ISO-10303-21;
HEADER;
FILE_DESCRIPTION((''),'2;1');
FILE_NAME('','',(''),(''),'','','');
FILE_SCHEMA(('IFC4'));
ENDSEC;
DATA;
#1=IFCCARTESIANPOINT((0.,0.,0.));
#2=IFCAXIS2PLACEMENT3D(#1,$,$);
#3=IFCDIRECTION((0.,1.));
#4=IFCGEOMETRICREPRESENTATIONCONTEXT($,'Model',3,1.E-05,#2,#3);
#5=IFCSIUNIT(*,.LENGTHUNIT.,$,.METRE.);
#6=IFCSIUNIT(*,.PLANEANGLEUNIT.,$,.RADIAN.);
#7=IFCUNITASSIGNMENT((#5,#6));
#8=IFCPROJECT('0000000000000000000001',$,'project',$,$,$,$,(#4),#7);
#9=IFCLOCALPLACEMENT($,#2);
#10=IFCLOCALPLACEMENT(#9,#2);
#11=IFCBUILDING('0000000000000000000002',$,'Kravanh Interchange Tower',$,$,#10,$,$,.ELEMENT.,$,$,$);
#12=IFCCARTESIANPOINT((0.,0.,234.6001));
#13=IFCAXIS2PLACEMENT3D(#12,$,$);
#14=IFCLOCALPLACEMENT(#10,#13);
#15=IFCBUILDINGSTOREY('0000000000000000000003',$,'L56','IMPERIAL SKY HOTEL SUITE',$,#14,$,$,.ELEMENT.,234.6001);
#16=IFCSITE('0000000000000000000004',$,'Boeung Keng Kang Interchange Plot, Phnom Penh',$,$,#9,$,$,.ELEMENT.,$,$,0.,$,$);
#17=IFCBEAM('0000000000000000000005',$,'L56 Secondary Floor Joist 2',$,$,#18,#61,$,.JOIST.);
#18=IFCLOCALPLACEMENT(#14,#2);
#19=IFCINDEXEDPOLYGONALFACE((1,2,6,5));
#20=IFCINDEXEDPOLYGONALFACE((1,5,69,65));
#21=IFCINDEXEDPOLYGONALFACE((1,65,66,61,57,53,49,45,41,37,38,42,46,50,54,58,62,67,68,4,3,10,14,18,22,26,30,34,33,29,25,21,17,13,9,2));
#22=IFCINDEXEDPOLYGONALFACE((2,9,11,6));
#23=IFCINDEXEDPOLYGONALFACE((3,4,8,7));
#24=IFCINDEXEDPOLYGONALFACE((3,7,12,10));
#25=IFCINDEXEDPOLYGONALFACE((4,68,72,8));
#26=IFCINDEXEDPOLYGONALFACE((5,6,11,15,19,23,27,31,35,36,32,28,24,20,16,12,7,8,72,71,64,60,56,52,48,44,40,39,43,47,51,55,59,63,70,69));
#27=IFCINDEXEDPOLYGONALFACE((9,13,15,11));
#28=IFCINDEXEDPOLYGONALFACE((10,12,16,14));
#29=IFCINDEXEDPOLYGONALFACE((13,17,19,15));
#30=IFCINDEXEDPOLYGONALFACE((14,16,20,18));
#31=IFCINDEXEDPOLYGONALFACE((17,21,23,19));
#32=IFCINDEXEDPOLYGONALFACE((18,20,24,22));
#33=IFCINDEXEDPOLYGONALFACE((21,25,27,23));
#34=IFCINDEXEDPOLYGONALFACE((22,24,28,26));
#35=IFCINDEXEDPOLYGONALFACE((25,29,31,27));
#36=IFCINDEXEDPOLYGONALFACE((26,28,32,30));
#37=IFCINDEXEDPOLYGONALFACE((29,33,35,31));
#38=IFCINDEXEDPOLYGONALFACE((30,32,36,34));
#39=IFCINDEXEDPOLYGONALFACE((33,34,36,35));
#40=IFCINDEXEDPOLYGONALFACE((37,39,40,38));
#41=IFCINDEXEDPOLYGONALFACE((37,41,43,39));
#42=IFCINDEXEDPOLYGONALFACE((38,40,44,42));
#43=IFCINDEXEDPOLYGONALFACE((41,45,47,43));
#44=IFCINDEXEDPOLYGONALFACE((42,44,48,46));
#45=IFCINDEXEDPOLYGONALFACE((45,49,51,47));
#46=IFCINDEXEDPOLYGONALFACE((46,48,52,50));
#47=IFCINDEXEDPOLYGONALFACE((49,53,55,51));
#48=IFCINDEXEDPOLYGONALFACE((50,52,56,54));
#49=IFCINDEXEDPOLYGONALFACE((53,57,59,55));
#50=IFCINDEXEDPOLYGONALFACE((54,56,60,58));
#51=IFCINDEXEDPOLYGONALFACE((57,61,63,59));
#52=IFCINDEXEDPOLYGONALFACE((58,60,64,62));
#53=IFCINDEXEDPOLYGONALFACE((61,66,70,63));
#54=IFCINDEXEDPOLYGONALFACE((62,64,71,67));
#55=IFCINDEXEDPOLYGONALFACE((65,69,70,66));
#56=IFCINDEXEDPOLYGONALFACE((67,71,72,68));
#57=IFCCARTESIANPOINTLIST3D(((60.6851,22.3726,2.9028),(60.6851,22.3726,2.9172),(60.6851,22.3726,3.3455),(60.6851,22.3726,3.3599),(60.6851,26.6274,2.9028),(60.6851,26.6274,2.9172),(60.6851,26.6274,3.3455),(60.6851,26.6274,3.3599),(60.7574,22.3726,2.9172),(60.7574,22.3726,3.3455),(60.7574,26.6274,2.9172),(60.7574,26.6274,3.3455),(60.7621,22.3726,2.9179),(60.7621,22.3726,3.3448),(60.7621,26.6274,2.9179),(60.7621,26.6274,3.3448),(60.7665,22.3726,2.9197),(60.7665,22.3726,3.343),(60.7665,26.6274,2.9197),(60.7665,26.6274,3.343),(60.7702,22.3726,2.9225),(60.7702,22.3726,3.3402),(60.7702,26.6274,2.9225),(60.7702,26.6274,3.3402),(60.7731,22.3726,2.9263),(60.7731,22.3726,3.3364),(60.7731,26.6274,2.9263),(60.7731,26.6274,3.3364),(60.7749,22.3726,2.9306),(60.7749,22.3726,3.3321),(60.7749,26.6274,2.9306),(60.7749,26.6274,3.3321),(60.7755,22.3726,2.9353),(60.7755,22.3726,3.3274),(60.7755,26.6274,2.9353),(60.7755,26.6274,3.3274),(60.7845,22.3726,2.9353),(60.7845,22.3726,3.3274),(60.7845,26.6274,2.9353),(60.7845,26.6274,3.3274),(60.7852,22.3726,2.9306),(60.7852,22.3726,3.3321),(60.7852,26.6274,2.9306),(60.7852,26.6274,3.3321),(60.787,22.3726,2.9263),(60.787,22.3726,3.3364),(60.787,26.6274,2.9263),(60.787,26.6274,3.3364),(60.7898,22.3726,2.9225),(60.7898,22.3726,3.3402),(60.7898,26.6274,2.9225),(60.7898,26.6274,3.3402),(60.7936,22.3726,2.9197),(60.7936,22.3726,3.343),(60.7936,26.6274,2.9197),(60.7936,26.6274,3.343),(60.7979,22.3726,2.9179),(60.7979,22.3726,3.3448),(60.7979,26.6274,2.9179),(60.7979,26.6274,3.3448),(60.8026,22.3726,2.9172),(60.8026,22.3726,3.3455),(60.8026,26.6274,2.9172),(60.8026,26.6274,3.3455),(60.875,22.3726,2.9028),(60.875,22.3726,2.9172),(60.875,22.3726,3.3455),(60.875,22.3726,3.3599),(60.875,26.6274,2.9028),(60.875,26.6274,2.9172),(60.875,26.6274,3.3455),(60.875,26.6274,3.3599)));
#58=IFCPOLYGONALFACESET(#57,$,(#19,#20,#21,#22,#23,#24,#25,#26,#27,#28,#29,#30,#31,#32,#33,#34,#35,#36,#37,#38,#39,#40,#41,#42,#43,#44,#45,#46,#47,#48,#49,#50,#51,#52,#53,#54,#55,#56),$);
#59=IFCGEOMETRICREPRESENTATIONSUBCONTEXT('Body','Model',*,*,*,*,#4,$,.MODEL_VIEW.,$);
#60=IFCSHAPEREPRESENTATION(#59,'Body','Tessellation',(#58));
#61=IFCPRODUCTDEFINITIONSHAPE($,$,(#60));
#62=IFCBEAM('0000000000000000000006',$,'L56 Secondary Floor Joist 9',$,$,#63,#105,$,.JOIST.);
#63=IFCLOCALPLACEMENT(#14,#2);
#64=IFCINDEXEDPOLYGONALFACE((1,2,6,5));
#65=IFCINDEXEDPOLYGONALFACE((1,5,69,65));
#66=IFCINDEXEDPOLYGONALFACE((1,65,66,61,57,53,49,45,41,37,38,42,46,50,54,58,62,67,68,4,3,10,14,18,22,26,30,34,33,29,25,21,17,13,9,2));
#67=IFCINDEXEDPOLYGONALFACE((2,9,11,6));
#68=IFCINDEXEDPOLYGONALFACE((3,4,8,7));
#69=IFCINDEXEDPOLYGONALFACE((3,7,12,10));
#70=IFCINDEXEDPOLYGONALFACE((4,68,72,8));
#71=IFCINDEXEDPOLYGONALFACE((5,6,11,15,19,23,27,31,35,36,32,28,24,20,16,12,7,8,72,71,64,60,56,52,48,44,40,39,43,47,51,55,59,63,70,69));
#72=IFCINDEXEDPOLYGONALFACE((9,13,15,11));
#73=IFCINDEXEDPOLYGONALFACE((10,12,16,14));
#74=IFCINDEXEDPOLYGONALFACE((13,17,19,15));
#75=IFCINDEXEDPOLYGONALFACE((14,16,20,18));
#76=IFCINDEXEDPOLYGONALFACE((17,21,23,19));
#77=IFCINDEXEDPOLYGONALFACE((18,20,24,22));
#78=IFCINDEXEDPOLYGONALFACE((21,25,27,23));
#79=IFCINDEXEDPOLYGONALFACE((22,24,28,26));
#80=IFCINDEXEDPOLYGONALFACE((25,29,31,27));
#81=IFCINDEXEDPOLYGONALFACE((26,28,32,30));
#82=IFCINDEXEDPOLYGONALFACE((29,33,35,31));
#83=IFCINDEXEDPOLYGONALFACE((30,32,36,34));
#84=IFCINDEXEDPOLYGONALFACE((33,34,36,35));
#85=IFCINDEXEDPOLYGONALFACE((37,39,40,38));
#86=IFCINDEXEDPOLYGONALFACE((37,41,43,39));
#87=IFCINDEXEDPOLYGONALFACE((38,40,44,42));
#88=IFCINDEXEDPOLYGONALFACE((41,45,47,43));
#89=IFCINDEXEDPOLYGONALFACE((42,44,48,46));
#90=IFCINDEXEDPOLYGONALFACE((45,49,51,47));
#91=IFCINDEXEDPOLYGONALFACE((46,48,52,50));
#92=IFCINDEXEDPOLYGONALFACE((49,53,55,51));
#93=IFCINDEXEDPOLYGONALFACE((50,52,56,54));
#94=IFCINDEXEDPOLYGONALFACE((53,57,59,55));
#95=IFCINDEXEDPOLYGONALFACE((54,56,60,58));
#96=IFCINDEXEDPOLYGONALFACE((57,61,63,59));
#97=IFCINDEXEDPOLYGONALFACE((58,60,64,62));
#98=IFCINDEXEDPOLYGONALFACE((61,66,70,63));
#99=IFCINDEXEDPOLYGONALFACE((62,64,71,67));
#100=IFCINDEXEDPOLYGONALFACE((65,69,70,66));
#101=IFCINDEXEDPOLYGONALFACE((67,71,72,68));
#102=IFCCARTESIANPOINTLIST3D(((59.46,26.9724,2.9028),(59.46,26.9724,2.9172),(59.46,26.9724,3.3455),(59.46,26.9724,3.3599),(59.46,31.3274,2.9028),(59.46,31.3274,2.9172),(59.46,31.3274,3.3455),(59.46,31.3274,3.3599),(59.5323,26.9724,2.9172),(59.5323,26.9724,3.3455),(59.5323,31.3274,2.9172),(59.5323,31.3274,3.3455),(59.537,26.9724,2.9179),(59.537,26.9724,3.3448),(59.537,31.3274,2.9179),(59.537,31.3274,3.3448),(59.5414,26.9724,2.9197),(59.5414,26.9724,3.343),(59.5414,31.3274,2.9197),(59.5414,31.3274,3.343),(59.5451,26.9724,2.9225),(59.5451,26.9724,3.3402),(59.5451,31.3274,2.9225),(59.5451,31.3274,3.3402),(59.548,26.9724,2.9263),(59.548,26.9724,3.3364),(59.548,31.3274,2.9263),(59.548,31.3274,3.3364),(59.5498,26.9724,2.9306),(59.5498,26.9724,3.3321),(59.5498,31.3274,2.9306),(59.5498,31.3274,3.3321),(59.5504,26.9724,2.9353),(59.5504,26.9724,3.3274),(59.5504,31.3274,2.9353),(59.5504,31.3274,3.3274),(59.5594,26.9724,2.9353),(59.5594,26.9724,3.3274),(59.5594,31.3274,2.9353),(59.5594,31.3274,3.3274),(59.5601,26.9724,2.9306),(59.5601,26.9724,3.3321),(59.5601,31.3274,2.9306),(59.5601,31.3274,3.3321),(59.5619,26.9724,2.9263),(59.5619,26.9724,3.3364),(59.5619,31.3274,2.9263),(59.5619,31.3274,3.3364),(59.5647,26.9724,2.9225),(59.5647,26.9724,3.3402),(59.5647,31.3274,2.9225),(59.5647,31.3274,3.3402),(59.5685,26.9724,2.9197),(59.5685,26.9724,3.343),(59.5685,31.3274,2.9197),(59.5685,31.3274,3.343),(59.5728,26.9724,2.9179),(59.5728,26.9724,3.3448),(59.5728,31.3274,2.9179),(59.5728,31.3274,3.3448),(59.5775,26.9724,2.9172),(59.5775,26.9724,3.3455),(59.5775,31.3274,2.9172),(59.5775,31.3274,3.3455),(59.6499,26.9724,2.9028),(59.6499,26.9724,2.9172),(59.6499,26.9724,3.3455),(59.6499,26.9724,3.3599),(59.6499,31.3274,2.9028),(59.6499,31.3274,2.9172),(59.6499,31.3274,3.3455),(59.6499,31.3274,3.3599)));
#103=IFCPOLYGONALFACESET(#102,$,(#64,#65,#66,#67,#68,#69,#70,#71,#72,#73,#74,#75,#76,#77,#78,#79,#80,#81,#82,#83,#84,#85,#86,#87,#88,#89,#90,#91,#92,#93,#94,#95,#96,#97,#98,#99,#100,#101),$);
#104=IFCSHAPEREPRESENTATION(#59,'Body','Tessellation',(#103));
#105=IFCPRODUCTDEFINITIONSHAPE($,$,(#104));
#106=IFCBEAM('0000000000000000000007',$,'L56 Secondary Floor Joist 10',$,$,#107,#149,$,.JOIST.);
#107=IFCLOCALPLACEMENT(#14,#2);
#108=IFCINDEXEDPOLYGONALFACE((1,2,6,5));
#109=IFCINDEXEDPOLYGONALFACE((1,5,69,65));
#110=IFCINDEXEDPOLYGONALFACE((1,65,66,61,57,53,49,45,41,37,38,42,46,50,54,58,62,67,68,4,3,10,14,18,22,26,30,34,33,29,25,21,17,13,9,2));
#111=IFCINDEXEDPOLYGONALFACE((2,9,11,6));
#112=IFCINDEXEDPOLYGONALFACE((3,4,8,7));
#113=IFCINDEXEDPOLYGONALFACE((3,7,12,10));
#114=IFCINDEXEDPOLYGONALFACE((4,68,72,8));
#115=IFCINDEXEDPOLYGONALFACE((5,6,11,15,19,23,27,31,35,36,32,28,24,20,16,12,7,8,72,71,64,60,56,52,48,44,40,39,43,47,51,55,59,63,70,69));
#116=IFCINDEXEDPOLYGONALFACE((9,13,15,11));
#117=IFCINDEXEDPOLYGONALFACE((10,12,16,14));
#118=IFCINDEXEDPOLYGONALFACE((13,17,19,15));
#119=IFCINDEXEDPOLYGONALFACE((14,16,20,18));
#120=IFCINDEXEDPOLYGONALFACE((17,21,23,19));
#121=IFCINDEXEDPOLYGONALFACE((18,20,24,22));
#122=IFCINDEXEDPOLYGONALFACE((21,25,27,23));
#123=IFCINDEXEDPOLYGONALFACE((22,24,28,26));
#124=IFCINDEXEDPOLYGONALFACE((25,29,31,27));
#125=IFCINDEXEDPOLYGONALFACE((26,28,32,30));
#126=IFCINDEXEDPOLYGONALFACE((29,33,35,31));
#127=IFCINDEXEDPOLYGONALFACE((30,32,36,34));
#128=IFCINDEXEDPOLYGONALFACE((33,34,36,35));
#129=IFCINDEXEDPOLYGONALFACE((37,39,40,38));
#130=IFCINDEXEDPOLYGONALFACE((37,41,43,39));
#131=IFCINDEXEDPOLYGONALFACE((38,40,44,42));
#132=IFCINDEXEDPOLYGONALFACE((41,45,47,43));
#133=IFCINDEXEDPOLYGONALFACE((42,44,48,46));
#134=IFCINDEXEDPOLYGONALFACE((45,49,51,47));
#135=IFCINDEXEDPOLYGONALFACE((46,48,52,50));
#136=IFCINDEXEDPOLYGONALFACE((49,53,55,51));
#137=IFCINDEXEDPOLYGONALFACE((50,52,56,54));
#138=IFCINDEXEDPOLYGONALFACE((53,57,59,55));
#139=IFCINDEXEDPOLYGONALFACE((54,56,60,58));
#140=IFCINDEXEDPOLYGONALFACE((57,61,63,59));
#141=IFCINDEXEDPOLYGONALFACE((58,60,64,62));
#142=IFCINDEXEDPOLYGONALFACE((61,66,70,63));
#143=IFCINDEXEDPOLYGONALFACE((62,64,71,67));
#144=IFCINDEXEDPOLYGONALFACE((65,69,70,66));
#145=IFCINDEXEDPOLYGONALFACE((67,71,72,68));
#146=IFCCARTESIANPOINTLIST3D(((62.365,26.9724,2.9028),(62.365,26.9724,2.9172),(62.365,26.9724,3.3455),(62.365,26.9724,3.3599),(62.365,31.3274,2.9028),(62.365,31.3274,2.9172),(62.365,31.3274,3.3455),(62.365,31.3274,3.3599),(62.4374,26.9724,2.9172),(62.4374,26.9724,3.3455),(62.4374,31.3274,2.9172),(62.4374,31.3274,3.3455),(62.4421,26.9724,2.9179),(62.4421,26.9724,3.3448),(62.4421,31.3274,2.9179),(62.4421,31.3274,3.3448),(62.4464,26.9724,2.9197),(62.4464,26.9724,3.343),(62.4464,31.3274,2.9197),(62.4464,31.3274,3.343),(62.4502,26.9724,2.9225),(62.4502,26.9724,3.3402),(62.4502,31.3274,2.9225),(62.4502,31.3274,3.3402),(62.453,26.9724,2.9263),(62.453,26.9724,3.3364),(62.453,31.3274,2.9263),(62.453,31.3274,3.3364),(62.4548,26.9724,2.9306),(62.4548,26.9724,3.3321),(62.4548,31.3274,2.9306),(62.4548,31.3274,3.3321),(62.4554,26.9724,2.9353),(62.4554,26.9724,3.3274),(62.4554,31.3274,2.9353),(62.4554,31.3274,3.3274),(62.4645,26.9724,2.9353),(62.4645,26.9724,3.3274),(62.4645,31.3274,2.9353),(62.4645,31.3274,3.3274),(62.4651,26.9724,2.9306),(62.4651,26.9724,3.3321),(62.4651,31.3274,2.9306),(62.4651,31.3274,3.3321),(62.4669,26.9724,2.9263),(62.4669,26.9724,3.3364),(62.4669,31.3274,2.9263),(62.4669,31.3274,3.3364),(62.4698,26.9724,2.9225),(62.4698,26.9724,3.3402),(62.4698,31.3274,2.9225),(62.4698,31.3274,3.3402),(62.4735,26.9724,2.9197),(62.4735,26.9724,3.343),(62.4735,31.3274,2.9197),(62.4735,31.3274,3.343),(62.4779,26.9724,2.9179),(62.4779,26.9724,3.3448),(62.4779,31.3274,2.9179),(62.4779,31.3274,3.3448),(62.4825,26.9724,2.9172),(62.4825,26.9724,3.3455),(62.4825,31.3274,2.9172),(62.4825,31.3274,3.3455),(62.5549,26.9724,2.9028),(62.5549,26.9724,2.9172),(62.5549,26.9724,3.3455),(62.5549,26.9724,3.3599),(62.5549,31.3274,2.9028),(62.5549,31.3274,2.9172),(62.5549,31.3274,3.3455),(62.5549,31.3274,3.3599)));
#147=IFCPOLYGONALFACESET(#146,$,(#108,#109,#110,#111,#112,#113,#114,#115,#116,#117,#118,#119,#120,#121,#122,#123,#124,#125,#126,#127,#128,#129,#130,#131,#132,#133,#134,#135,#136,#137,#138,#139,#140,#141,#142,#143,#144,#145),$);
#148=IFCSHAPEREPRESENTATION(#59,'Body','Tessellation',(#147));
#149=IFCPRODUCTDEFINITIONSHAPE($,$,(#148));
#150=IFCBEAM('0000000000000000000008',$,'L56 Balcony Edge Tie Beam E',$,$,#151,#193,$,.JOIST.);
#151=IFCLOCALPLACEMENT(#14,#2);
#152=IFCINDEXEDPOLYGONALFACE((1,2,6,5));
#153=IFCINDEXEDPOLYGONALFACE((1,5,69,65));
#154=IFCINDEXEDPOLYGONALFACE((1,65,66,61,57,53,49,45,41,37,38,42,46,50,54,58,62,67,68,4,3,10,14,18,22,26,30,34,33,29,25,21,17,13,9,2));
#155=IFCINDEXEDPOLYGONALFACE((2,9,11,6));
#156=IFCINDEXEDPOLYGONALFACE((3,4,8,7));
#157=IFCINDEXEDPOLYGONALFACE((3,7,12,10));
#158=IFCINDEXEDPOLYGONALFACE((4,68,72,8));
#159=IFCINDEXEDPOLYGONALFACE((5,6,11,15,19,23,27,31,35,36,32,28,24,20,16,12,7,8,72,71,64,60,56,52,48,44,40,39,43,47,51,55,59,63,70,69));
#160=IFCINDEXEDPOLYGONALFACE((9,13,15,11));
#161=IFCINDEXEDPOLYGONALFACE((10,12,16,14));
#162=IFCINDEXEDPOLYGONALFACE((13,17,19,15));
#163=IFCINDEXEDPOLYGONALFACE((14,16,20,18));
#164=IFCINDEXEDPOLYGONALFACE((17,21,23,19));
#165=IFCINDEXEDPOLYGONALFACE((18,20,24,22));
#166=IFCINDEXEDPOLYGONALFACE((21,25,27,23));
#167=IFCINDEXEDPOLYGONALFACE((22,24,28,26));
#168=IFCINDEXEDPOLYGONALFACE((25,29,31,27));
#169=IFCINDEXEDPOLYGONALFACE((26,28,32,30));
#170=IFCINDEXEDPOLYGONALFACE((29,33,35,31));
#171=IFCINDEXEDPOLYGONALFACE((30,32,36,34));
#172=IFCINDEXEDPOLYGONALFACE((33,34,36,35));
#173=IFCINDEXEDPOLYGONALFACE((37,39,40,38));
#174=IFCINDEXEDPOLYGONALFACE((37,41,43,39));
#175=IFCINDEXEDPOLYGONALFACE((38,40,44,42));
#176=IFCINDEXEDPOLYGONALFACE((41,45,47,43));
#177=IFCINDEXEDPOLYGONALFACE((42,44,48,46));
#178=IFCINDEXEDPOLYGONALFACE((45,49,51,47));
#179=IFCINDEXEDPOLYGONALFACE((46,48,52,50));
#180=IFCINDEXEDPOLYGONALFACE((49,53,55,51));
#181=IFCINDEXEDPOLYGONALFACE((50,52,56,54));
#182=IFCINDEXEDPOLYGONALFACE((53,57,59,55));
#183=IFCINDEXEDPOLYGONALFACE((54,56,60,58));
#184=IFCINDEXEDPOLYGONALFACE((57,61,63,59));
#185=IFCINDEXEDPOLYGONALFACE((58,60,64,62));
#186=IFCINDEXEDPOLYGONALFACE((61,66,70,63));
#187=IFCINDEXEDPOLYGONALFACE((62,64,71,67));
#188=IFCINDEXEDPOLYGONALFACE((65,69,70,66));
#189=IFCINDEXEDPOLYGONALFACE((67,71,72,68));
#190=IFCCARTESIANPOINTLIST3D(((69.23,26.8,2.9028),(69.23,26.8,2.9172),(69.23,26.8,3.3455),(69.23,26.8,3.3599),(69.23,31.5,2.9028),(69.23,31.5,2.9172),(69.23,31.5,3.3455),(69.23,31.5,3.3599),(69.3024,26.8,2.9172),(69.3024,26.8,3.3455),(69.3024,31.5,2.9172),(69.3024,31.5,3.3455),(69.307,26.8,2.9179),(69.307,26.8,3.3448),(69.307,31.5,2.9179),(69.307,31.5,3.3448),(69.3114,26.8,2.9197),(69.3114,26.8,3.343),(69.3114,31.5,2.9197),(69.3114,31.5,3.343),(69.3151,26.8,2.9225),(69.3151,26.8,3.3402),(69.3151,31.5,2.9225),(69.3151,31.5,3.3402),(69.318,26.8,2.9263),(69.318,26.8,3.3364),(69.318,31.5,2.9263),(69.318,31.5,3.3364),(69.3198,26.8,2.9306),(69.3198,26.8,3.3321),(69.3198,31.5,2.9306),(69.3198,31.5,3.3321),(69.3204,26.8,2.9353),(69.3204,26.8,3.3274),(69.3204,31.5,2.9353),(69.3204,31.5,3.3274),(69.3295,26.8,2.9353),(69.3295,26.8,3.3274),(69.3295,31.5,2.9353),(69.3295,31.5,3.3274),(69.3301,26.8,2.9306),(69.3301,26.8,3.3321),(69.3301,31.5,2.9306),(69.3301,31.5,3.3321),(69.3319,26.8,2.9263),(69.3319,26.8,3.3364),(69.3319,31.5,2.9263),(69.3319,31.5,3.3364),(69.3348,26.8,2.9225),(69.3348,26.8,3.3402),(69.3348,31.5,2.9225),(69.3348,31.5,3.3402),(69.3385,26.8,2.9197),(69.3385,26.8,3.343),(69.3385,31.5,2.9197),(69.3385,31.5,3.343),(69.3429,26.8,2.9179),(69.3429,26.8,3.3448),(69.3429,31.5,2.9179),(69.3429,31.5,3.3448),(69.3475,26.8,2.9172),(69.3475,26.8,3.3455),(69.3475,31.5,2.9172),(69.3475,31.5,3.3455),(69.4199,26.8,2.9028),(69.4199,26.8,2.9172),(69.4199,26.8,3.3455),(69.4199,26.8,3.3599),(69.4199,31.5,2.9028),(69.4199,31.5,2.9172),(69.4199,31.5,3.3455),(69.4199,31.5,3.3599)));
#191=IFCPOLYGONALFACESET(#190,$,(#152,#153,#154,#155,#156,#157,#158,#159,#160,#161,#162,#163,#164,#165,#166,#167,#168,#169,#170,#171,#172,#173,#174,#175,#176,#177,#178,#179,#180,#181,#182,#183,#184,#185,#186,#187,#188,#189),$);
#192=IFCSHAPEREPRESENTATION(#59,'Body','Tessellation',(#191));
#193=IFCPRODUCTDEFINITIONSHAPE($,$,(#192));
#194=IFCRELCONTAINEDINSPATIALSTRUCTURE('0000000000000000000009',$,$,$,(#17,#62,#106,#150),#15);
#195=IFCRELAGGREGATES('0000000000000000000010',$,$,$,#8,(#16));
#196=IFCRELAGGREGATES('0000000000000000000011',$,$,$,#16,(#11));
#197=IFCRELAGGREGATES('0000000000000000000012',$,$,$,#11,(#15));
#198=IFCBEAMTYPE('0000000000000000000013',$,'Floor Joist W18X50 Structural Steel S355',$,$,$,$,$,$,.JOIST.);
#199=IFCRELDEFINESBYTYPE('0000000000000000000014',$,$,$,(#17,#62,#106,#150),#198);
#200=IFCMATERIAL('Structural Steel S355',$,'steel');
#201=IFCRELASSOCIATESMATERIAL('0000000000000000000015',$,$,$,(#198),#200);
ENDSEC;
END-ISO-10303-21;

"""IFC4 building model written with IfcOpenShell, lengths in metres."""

from ifc_helpers import new_model, si_unit, direction, frame, origin, origin_2d, place, context, subcontext, project, spatial, i_section, extrude, material, material_profile, profile_set, type_object, element, save


model = new_model("IFC4")

# Units and contexts
model_context = context("Model", 3, precision=1e-05, world=origin(), true_north=direction((0.0, 1.0)))
body_context = subcontext(model_context, "Body", "Model", "MODEL_VIEW")
ifc_project = project(units=[si_unit("LENGTHUNIT", "METRE"), si_unit("PLANEANGLEUNIT", "RADIAN")], contexts=[model_context])

# Site, building, storey
site_placement = place(None, origin())
site = spatial("IfcSite", under=ifc_project, at=site_placement, Name="Boeung Keng Kang Interchange Plot, Phnom Penh", CompositionType="ELEMENT", RefElevation=0.0)
building_placement = place(site_placement, origin())
building = spatial("IfcBuilding", under=site, at=building_placement, Name="Kravanh Interchange Tower", CompositionType="ELEMENT")
storey_placement = place(building_placement, frame((0.0, 0.0, 234.6001)))
storey = spatial("IfcBuildingStorey", under=building, at=storey_placement, Name="L56", Description="IMPERIAL SKY HOTEL SUITE", CompositionType="ELEMENT", Elevation=234.6001)

# Beams
ifc_material_1 = material(Name="Structural Steel S355", Category="steel")
ifc_material_profile_1 = material_profile(ifc_material_1, i_section(OverallWidth=0.1899, OverallDepth=0.457, WebThickness=0.009, FlangeThickness=0.0144, FilletRadius=0.0181, at=origin_2d()), Name="W18X50")
ifc_profile_set_1 = profile_set([ifc_material_profile_1], Name="Structural Steel S355")
beam_type_1 = type_object("IfcBeamType", Name="Floor Joist W18X50 Structural Steel S355", PredefinedType="JOIST", material=ifc_profile_set_1)
for number, where, z_axis, x_axis, name in (
    (1, (60.78, 22.3726, 3.1313), (0.0, 1.0, 0.0), (-1.0, 0.0, 0.0), "L56 Secondary Floor Joist 2"),
):
    element("IfcBeam", number, at=place(storey_placement, frame(where, z_axis=z_axis, x_axis=x_axis)), inside=storey, type_object=beam_type_1, Name=name, PredefinedType="JOIST", context=body_context, shape_type="SweptSolid", body=[
        extrude(i_section(OverallWidth=0.1899, OverallDepth=0.457, WebThickness=0.009, FlangeThickness=0.0144, FilletRadius=0.0181, at=origin_2d()), origin(), (0.0, 0.0, 1.0), 4.2549),
    ])
for number, where, z_axis, x_axis, name in (
    (2, (59.5549, 26.9724, 3.1313), (0.0, 1.0, 0.0), (-1.0, 0.0, 0.0), "L56 Secondary Floor Joist 9"),
    (3, (62.46, 26.9724, 3.1313), (0.0, 1.0, 0.0), (-1.0, 0.0, 0.0), "L56 Secondary Floor Joist 10"),
):
    element("IfcBeam", number, at=place(storey_placement, frame(where, z_axis=z_axis, x_axis=x_axis)), inside=storey, type_object=beam_type_1, Name=name, PredefinedType="JOIST", context=body_context, shape_type="SweptSolid", body=[
        extrude(i_section(OverallWidth=0.1899, OverallDepth=0.457, WebThickness=0.009, FlangeThickness=0.0144, FilletRadius=0.0181, at=origin_2d()), origin(), (0.0, 0.0, 1.0), 4.355),
    ])
beam_1_placement = place(storey_placement, frame((69.325, 26.8, 3.1313), z_axis=(0.0, 1.0, 0.0), x_axis=(-1.0, 0.0, 0.0)))
element("IfcBeam", 4, at=beam_1_placement, inside=storey, type_object=beam_type_1, Name="L56 Balcony Edge Tie Beam E", PredefinedType="JOIST", context=body_context, shape_type="SweptSolid", body=[
    extrude(i_section(OverallWidth=0.1899, OverallDepth=0.457, WebThickness=0.009, FlangeThickness=0.0144, FilletRadius=0.0181, at=origin_2d()), origin(), (0.0, 0.0, 1.0), 4.7),
])

save(model, "model.ifc")
